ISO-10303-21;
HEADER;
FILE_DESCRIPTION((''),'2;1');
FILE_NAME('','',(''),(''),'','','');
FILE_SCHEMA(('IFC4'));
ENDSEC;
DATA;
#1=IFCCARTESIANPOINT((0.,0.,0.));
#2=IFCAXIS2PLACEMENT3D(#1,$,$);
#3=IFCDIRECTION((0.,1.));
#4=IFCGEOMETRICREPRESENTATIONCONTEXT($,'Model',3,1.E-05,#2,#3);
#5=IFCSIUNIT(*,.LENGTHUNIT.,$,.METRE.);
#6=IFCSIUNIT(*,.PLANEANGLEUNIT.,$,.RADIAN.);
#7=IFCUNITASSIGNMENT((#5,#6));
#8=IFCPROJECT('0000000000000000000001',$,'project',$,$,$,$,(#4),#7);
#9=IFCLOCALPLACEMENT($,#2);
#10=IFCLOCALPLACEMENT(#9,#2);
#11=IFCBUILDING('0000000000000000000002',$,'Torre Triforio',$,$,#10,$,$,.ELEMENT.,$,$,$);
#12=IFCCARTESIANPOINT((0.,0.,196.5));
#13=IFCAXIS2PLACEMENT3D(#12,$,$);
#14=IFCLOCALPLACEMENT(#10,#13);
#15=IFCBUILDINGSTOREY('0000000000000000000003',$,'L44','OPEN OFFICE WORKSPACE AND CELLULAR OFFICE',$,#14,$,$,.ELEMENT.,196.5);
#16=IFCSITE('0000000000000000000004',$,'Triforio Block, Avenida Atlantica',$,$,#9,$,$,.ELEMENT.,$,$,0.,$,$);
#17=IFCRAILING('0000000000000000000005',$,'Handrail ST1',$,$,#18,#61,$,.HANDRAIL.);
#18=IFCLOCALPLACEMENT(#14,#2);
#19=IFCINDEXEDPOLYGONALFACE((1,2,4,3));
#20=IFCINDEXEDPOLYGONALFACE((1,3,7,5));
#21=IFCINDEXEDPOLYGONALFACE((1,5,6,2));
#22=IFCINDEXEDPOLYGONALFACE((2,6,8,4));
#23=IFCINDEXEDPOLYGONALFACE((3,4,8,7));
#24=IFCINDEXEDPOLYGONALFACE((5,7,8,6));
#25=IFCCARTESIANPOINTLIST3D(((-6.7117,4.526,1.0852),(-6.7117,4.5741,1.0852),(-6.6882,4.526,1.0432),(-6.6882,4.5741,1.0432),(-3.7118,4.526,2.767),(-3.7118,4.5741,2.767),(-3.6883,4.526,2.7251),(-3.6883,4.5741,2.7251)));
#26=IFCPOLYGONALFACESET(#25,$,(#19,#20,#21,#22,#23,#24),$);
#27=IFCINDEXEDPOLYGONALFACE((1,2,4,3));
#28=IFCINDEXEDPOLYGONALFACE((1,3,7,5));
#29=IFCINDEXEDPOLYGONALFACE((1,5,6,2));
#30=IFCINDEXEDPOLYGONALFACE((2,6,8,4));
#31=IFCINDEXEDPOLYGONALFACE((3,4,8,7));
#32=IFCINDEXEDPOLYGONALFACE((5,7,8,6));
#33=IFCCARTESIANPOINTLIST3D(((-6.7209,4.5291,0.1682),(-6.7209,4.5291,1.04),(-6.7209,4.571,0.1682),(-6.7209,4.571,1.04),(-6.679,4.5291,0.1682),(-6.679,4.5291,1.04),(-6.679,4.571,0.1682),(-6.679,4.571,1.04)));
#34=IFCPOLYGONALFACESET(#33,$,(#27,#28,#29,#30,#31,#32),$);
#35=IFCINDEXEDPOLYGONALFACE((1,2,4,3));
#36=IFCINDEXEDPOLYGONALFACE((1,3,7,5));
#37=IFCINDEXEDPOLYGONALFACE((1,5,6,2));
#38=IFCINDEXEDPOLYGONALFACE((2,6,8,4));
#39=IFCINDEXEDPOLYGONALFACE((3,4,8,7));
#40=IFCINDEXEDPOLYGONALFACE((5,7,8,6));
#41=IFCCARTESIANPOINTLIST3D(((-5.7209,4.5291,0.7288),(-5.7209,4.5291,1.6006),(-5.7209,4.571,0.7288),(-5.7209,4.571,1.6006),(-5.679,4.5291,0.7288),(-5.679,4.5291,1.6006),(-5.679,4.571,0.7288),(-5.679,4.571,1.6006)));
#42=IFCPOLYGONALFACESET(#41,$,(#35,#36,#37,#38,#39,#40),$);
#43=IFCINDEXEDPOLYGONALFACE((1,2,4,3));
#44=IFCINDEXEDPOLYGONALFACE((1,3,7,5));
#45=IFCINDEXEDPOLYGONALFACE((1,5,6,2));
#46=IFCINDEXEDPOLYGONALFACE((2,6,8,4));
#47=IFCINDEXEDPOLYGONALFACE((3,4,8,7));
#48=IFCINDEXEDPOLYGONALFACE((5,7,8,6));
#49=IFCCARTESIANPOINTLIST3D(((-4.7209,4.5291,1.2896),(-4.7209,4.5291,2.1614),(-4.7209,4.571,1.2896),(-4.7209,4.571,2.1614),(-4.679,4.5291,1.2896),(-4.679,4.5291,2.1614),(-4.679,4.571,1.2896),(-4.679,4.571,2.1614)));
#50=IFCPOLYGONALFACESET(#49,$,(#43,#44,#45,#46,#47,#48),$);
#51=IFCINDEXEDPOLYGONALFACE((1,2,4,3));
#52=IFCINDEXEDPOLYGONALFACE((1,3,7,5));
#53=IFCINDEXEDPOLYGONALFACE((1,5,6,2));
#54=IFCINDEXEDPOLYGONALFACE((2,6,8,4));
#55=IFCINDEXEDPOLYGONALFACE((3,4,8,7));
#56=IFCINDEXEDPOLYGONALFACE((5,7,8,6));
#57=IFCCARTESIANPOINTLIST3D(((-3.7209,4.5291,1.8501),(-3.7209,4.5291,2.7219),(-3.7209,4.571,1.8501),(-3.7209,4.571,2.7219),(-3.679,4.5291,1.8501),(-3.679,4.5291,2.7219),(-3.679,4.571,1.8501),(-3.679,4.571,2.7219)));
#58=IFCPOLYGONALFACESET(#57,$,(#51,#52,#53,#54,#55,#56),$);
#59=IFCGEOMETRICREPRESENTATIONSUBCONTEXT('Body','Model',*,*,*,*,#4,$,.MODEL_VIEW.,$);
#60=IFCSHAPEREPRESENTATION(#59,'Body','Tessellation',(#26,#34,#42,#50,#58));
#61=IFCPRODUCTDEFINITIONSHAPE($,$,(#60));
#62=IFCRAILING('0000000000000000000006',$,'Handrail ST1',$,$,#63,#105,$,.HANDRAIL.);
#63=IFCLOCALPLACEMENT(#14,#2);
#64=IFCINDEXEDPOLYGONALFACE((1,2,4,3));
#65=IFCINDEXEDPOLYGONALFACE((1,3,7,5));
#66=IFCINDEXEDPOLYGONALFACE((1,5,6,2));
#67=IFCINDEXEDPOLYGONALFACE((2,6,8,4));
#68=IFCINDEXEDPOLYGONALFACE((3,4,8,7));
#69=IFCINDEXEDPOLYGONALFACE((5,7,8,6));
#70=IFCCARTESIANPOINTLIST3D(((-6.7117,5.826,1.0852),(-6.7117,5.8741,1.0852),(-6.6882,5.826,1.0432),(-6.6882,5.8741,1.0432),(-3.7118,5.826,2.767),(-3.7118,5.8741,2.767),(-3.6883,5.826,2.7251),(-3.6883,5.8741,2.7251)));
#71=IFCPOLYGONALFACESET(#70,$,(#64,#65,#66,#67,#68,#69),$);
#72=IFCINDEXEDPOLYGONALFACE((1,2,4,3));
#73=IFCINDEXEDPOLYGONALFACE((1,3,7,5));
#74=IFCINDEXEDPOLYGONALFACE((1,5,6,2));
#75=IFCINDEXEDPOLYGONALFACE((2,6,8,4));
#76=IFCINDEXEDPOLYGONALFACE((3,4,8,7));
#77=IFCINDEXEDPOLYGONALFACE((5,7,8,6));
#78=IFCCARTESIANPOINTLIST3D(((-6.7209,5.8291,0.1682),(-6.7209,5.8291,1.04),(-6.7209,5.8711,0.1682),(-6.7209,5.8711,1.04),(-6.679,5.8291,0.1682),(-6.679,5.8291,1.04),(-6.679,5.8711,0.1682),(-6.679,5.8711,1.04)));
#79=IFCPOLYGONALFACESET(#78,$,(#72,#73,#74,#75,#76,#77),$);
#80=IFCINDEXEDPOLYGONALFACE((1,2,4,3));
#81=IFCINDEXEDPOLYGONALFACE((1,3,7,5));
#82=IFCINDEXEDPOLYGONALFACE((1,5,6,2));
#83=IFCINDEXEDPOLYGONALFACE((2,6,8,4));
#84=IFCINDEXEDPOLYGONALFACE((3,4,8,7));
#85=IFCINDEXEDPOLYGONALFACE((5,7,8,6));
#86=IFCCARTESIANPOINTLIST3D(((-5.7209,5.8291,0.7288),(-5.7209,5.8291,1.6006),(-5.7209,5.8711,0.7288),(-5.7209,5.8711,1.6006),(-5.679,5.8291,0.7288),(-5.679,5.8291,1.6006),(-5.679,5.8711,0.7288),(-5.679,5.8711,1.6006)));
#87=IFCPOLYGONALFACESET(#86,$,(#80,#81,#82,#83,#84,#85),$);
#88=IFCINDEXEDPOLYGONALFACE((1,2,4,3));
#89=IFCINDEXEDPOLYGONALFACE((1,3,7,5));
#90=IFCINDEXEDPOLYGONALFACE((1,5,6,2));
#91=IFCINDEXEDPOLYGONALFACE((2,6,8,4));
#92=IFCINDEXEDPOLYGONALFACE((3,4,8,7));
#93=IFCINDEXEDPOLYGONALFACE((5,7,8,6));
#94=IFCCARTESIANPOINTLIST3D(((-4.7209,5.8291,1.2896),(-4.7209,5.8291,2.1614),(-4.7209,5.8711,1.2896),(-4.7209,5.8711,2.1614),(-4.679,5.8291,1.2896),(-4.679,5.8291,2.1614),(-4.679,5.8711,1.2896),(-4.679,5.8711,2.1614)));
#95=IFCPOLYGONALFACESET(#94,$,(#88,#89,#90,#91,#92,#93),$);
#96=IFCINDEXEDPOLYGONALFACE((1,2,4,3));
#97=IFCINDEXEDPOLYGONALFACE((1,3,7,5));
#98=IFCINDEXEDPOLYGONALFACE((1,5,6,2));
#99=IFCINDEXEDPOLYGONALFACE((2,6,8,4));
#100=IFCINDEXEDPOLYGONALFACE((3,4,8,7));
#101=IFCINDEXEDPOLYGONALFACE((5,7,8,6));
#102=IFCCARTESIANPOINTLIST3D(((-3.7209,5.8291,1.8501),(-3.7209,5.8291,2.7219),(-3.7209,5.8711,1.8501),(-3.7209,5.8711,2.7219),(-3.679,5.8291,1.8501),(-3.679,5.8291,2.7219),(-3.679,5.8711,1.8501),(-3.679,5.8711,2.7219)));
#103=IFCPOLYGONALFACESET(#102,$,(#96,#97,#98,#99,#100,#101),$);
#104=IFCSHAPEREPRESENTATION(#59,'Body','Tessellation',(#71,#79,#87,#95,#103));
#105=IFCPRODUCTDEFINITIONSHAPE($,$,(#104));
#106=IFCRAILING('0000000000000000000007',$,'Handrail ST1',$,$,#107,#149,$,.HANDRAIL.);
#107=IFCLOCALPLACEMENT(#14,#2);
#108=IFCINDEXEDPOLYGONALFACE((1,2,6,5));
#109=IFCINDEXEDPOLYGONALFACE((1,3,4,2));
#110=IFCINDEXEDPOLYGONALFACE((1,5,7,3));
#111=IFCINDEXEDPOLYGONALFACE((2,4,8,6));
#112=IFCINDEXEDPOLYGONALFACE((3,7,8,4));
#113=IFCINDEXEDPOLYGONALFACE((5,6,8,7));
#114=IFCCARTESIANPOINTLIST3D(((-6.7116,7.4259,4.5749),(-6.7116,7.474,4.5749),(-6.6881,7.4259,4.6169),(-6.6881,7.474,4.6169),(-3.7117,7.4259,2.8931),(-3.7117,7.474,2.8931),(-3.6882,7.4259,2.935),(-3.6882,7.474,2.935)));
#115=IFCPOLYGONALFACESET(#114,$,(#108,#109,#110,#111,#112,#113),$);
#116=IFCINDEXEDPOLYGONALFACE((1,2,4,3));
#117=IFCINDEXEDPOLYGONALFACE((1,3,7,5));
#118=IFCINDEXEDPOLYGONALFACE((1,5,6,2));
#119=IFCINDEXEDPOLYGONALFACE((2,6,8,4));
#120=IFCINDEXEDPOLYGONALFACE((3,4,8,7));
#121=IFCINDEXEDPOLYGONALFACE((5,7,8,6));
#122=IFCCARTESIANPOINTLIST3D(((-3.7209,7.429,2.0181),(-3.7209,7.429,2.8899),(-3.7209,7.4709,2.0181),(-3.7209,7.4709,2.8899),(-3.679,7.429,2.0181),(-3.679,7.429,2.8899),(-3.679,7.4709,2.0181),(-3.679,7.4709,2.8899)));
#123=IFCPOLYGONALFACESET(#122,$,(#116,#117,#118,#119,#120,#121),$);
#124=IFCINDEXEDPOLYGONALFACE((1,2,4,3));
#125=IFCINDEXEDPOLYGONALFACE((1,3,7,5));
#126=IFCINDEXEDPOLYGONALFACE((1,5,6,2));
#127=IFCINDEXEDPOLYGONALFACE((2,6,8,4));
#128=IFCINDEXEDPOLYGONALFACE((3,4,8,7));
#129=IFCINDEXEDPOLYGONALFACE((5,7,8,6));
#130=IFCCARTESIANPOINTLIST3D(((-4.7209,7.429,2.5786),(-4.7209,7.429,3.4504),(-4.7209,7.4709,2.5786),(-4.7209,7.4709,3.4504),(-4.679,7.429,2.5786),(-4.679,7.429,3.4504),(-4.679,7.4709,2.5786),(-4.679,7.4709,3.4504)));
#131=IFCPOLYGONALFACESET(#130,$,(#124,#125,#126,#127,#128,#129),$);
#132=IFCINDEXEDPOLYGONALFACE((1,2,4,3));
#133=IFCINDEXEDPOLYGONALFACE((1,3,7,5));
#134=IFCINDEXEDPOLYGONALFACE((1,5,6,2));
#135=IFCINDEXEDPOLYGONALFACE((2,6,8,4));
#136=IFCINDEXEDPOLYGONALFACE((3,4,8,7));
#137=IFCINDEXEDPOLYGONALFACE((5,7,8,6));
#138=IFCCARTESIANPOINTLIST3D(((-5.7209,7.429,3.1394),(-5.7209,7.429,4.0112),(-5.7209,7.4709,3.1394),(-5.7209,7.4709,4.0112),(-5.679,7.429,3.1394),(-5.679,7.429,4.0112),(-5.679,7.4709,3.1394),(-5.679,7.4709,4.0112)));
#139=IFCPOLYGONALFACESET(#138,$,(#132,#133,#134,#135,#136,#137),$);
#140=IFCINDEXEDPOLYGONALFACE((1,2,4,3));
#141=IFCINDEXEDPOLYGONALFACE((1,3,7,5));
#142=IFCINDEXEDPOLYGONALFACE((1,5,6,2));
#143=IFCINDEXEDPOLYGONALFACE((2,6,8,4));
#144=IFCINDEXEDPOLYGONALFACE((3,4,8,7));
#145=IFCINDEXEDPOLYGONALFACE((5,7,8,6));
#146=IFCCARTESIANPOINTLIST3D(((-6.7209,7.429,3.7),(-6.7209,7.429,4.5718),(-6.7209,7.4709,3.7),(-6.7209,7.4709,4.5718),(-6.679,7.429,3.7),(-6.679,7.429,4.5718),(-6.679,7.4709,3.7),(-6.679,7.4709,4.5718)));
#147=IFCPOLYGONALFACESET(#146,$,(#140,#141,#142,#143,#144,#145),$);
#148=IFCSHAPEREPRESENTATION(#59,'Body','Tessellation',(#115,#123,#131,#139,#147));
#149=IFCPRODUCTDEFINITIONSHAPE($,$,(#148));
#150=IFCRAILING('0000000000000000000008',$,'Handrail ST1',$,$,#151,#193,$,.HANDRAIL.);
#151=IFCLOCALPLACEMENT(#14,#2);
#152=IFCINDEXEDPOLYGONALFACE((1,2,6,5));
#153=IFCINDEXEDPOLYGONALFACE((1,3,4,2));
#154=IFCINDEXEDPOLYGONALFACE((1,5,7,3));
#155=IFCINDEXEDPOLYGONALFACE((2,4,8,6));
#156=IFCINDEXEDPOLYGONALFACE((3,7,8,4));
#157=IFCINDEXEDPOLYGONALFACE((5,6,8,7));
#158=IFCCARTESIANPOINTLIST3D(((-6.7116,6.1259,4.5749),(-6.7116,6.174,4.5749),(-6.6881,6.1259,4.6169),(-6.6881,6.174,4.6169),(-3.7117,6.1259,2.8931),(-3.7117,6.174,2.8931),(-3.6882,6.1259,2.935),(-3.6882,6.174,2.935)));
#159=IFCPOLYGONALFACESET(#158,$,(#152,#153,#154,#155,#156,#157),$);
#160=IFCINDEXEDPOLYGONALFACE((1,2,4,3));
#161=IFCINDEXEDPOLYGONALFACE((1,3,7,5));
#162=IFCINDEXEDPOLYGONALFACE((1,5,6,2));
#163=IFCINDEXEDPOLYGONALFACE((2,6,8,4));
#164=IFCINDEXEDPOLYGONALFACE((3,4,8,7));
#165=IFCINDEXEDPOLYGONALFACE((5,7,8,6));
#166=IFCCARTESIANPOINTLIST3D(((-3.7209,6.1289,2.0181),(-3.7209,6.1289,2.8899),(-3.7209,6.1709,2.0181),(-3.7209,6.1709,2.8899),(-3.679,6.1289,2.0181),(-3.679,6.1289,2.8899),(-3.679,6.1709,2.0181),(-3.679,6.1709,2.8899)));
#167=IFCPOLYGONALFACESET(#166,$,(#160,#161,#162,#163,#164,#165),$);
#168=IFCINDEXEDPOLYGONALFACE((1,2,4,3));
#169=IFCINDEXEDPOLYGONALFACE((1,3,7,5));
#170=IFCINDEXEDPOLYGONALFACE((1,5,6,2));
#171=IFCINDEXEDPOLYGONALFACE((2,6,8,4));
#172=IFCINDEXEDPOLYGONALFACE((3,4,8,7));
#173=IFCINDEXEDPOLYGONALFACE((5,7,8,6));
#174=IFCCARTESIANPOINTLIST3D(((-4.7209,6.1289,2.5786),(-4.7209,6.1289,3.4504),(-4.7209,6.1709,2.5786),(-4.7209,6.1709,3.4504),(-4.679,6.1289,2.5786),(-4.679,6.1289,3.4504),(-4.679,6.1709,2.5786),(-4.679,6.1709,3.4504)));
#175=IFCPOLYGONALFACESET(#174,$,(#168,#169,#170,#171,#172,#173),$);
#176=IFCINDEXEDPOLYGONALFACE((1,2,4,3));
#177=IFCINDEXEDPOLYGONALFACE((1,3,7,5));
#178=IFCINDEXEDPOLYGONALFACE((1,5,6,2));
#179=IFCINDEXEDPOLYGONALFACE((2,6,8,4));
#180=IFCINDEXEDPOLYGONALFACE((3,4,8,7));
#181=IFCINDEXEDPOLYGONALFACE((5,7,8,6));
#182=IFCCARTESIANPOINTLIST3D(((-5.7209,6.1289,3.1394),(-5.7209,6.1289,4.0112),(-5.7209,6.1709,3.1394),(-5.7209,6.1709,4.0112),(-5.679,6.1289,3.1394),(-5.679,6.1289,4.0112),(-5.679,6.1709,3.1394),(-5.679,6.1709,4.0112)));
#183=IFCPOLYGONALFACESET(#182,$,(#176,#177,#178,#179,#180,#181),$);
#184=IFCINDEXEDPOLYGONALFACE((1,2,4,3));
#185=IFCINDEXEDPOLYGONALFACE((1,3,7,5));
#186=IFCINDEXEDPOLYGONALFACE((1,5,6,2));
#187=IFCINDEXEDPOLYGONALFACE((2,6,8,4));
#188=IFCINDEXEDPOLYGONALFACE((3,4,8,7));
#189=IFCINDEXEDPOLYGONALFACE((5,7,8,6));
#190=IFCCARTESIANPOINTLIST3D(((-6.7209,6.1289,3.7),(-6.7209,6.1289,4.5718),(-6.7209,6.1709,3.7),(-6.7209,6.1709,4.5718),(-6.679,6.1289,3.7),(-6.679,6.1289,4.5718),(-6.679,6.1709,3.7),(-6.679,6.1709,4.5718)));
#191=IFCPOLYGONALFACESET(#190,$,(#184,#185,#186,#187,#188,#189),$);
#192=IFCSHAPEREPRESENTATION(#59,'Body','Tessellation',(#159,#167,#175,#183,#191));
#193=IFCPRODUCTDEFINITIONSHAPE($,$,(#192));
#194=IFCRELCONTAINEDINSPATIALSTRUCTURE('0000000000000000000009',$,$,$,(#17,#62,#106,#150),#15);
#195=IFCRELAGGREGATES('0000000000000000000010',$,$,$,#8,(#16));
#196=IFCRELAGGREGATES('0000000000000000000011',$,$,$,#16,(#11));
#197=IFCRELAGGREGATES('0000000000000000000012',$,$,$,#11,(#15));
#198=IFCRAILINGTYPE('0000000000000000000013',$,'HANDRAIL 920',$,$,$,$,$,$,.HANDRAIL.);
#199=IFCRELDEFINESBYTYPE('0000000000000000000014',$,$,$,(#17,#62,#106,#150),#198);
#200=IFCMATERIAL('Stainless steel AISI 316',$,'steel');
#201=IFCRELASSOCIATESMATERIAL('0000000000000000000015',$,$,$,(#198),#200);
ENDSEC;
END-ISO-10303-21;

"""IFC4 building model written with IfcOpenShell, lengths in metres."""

from ifc_helpers import new_model, si_unit, direction, frame, origin, origin_2d, place, context, subcontext, project, spatial, rectangle, extrude, material, type_object, element, save


model = new_model("IFC4")

# Units and contexts
model_context = context("Model", 3, precision=1e-05, world=origin(), true_north=direction((0.0, 1.0)))
body_context = subcontext(model_context, "Body", "Model", "MODEL_VIEW")
ifc_project = project(units=[si_unit("LENGTHUNIT", "METRE"), si_unit("PLANEANGLEUNIT", "RADIAN")], contexts=[model_context])

# Site, building, storey
site_placement = place(None, origin())
site = spatial("IfcSite", under=ifc_project, at=site_placement, Name="Triforio Block, Avenida Atlantica", CompositionType="ELEMENT", RefElevation=0.0)
building_placement = place(site_placement, origin())
building = spatial("IfcBuilding", under=site, at=building_placement, Name="Torre Triforio", CompositionType="ELEMENT")
storey_placement = place(building_placement, frame((0.0, 0.0, 196.5)))
storey = spatial("IfcBuildingStorey", under=building, at=storey_placement, Name="L44", Description="OPEN OFFICE WORKSPACE AND CELLULAR OFFICE", CompositionType="ELEMENT", Elevation=196.5)

# Railings
ifc_material_1 = material(Name="Stainless steel AISI 316", Category="steel")
railing_type = type_object("IfcRailingType", Name="HANDRAIL 920", PredefinedType="HANDRAIL", material=ifc_material_1)
for number, where, name in (
    (1, (-6.7, 4.55, 0.1682), "Handrail ST1"),
    (2, (-6.7, 5.8501, 0.1682), "Handrail ST1"),
):
    element("IfcRailing", number, at=place(storey_placement, frame(where)), inside=storey, type_object=railing_type, Name=name, PredefinedType="HANDRAIL", context=body_context, shape_type="SweptSolid", body=[
        extrude(rectangle(XDim=0.0481, YDim=0.0481, at=origin_2d()), frame((0.0, 0.0, 0.896), z_axis=(0.872272, 0.0, 0.48902), x_axis=(0.0, 1.0, 0.0)), (0.0, 0.0, 1.0), 3.4392),
        extrude(rectangle(XDim=0.042, YDim=0.042, at=origin_2d()), origin(), (0.0, 0.0, 1.0), 0.8718),
        extrude(rectangle(XDim=0.042, YDim=0.042, at=origin_2d()), frame((1.0, 0.0, 0.5605)), (0.0, 0.0, 1.0), 0.8718),
        extrude(rectangle(XDim=0.042, YDim=0.042, at=origin_2d()), frame((2.0, 0.0, 1.1213)), (0.0, 0.0, 1.0), 0.8718),
        extrude(rectangle(XDim=0.042, YDim=0.042, at=origin_2d()), frame((3.0, 0.0, 1.6819)), (0.0, 0.0, 1.0), 0.8718),
    ])
for number, where, name in (
    (3, (-3.7, 7.45, 2.0181), "Handrail ST1"),
    (4, (-3.7, 6.1499, 2.0181), "Handrail ST1"),
):
    element("IfcRailing", number, at=place(storey_placement, frame(where)), inside=storey, type_object=railing_type, Name=name, PredefinedType="HANDRAIL", context=body_context, shape_type="SweptSolid", body=[
        extrude(rectangle(XDim=0.0481, YDim=0.0481, at=origin_2d()), frame((0.0, 0.0, 0.896), z_axis=(-0.872272, 0.0, 0.48902), x_axis=(0.0, -1.0, 0.0)), (0.0, 0.0, 1.0), 3.4392),
        extrude(rectangle(XDim=0.042, YDim=0.042, at=origin_2d()), origin(), (0.0, 0.0, 1.0), 0.8718),
        extrude(rectangle(XDim=0.042, YDim=0.042, at=origin_2d()), frame((-1.0, 0.0, 0.5605)), (0.0, 0.0, 1.0), 0.8718),
        extrude(rectangle(XDim=0.042, YDim=0.042, at=origin_2d()), frame((-2.0, 0.0, 1.1213)), (0.0, 0.0, 1.0), 0.8718),
        extrude(rectangle(XDim=0.042, YDim=0.042, at=origin_2d()), frame((-3.0, 0.0, 1.6819)), (0.0, 0.0, 1.0), 0.8718),
    ])

save(model, "model.ifc")
